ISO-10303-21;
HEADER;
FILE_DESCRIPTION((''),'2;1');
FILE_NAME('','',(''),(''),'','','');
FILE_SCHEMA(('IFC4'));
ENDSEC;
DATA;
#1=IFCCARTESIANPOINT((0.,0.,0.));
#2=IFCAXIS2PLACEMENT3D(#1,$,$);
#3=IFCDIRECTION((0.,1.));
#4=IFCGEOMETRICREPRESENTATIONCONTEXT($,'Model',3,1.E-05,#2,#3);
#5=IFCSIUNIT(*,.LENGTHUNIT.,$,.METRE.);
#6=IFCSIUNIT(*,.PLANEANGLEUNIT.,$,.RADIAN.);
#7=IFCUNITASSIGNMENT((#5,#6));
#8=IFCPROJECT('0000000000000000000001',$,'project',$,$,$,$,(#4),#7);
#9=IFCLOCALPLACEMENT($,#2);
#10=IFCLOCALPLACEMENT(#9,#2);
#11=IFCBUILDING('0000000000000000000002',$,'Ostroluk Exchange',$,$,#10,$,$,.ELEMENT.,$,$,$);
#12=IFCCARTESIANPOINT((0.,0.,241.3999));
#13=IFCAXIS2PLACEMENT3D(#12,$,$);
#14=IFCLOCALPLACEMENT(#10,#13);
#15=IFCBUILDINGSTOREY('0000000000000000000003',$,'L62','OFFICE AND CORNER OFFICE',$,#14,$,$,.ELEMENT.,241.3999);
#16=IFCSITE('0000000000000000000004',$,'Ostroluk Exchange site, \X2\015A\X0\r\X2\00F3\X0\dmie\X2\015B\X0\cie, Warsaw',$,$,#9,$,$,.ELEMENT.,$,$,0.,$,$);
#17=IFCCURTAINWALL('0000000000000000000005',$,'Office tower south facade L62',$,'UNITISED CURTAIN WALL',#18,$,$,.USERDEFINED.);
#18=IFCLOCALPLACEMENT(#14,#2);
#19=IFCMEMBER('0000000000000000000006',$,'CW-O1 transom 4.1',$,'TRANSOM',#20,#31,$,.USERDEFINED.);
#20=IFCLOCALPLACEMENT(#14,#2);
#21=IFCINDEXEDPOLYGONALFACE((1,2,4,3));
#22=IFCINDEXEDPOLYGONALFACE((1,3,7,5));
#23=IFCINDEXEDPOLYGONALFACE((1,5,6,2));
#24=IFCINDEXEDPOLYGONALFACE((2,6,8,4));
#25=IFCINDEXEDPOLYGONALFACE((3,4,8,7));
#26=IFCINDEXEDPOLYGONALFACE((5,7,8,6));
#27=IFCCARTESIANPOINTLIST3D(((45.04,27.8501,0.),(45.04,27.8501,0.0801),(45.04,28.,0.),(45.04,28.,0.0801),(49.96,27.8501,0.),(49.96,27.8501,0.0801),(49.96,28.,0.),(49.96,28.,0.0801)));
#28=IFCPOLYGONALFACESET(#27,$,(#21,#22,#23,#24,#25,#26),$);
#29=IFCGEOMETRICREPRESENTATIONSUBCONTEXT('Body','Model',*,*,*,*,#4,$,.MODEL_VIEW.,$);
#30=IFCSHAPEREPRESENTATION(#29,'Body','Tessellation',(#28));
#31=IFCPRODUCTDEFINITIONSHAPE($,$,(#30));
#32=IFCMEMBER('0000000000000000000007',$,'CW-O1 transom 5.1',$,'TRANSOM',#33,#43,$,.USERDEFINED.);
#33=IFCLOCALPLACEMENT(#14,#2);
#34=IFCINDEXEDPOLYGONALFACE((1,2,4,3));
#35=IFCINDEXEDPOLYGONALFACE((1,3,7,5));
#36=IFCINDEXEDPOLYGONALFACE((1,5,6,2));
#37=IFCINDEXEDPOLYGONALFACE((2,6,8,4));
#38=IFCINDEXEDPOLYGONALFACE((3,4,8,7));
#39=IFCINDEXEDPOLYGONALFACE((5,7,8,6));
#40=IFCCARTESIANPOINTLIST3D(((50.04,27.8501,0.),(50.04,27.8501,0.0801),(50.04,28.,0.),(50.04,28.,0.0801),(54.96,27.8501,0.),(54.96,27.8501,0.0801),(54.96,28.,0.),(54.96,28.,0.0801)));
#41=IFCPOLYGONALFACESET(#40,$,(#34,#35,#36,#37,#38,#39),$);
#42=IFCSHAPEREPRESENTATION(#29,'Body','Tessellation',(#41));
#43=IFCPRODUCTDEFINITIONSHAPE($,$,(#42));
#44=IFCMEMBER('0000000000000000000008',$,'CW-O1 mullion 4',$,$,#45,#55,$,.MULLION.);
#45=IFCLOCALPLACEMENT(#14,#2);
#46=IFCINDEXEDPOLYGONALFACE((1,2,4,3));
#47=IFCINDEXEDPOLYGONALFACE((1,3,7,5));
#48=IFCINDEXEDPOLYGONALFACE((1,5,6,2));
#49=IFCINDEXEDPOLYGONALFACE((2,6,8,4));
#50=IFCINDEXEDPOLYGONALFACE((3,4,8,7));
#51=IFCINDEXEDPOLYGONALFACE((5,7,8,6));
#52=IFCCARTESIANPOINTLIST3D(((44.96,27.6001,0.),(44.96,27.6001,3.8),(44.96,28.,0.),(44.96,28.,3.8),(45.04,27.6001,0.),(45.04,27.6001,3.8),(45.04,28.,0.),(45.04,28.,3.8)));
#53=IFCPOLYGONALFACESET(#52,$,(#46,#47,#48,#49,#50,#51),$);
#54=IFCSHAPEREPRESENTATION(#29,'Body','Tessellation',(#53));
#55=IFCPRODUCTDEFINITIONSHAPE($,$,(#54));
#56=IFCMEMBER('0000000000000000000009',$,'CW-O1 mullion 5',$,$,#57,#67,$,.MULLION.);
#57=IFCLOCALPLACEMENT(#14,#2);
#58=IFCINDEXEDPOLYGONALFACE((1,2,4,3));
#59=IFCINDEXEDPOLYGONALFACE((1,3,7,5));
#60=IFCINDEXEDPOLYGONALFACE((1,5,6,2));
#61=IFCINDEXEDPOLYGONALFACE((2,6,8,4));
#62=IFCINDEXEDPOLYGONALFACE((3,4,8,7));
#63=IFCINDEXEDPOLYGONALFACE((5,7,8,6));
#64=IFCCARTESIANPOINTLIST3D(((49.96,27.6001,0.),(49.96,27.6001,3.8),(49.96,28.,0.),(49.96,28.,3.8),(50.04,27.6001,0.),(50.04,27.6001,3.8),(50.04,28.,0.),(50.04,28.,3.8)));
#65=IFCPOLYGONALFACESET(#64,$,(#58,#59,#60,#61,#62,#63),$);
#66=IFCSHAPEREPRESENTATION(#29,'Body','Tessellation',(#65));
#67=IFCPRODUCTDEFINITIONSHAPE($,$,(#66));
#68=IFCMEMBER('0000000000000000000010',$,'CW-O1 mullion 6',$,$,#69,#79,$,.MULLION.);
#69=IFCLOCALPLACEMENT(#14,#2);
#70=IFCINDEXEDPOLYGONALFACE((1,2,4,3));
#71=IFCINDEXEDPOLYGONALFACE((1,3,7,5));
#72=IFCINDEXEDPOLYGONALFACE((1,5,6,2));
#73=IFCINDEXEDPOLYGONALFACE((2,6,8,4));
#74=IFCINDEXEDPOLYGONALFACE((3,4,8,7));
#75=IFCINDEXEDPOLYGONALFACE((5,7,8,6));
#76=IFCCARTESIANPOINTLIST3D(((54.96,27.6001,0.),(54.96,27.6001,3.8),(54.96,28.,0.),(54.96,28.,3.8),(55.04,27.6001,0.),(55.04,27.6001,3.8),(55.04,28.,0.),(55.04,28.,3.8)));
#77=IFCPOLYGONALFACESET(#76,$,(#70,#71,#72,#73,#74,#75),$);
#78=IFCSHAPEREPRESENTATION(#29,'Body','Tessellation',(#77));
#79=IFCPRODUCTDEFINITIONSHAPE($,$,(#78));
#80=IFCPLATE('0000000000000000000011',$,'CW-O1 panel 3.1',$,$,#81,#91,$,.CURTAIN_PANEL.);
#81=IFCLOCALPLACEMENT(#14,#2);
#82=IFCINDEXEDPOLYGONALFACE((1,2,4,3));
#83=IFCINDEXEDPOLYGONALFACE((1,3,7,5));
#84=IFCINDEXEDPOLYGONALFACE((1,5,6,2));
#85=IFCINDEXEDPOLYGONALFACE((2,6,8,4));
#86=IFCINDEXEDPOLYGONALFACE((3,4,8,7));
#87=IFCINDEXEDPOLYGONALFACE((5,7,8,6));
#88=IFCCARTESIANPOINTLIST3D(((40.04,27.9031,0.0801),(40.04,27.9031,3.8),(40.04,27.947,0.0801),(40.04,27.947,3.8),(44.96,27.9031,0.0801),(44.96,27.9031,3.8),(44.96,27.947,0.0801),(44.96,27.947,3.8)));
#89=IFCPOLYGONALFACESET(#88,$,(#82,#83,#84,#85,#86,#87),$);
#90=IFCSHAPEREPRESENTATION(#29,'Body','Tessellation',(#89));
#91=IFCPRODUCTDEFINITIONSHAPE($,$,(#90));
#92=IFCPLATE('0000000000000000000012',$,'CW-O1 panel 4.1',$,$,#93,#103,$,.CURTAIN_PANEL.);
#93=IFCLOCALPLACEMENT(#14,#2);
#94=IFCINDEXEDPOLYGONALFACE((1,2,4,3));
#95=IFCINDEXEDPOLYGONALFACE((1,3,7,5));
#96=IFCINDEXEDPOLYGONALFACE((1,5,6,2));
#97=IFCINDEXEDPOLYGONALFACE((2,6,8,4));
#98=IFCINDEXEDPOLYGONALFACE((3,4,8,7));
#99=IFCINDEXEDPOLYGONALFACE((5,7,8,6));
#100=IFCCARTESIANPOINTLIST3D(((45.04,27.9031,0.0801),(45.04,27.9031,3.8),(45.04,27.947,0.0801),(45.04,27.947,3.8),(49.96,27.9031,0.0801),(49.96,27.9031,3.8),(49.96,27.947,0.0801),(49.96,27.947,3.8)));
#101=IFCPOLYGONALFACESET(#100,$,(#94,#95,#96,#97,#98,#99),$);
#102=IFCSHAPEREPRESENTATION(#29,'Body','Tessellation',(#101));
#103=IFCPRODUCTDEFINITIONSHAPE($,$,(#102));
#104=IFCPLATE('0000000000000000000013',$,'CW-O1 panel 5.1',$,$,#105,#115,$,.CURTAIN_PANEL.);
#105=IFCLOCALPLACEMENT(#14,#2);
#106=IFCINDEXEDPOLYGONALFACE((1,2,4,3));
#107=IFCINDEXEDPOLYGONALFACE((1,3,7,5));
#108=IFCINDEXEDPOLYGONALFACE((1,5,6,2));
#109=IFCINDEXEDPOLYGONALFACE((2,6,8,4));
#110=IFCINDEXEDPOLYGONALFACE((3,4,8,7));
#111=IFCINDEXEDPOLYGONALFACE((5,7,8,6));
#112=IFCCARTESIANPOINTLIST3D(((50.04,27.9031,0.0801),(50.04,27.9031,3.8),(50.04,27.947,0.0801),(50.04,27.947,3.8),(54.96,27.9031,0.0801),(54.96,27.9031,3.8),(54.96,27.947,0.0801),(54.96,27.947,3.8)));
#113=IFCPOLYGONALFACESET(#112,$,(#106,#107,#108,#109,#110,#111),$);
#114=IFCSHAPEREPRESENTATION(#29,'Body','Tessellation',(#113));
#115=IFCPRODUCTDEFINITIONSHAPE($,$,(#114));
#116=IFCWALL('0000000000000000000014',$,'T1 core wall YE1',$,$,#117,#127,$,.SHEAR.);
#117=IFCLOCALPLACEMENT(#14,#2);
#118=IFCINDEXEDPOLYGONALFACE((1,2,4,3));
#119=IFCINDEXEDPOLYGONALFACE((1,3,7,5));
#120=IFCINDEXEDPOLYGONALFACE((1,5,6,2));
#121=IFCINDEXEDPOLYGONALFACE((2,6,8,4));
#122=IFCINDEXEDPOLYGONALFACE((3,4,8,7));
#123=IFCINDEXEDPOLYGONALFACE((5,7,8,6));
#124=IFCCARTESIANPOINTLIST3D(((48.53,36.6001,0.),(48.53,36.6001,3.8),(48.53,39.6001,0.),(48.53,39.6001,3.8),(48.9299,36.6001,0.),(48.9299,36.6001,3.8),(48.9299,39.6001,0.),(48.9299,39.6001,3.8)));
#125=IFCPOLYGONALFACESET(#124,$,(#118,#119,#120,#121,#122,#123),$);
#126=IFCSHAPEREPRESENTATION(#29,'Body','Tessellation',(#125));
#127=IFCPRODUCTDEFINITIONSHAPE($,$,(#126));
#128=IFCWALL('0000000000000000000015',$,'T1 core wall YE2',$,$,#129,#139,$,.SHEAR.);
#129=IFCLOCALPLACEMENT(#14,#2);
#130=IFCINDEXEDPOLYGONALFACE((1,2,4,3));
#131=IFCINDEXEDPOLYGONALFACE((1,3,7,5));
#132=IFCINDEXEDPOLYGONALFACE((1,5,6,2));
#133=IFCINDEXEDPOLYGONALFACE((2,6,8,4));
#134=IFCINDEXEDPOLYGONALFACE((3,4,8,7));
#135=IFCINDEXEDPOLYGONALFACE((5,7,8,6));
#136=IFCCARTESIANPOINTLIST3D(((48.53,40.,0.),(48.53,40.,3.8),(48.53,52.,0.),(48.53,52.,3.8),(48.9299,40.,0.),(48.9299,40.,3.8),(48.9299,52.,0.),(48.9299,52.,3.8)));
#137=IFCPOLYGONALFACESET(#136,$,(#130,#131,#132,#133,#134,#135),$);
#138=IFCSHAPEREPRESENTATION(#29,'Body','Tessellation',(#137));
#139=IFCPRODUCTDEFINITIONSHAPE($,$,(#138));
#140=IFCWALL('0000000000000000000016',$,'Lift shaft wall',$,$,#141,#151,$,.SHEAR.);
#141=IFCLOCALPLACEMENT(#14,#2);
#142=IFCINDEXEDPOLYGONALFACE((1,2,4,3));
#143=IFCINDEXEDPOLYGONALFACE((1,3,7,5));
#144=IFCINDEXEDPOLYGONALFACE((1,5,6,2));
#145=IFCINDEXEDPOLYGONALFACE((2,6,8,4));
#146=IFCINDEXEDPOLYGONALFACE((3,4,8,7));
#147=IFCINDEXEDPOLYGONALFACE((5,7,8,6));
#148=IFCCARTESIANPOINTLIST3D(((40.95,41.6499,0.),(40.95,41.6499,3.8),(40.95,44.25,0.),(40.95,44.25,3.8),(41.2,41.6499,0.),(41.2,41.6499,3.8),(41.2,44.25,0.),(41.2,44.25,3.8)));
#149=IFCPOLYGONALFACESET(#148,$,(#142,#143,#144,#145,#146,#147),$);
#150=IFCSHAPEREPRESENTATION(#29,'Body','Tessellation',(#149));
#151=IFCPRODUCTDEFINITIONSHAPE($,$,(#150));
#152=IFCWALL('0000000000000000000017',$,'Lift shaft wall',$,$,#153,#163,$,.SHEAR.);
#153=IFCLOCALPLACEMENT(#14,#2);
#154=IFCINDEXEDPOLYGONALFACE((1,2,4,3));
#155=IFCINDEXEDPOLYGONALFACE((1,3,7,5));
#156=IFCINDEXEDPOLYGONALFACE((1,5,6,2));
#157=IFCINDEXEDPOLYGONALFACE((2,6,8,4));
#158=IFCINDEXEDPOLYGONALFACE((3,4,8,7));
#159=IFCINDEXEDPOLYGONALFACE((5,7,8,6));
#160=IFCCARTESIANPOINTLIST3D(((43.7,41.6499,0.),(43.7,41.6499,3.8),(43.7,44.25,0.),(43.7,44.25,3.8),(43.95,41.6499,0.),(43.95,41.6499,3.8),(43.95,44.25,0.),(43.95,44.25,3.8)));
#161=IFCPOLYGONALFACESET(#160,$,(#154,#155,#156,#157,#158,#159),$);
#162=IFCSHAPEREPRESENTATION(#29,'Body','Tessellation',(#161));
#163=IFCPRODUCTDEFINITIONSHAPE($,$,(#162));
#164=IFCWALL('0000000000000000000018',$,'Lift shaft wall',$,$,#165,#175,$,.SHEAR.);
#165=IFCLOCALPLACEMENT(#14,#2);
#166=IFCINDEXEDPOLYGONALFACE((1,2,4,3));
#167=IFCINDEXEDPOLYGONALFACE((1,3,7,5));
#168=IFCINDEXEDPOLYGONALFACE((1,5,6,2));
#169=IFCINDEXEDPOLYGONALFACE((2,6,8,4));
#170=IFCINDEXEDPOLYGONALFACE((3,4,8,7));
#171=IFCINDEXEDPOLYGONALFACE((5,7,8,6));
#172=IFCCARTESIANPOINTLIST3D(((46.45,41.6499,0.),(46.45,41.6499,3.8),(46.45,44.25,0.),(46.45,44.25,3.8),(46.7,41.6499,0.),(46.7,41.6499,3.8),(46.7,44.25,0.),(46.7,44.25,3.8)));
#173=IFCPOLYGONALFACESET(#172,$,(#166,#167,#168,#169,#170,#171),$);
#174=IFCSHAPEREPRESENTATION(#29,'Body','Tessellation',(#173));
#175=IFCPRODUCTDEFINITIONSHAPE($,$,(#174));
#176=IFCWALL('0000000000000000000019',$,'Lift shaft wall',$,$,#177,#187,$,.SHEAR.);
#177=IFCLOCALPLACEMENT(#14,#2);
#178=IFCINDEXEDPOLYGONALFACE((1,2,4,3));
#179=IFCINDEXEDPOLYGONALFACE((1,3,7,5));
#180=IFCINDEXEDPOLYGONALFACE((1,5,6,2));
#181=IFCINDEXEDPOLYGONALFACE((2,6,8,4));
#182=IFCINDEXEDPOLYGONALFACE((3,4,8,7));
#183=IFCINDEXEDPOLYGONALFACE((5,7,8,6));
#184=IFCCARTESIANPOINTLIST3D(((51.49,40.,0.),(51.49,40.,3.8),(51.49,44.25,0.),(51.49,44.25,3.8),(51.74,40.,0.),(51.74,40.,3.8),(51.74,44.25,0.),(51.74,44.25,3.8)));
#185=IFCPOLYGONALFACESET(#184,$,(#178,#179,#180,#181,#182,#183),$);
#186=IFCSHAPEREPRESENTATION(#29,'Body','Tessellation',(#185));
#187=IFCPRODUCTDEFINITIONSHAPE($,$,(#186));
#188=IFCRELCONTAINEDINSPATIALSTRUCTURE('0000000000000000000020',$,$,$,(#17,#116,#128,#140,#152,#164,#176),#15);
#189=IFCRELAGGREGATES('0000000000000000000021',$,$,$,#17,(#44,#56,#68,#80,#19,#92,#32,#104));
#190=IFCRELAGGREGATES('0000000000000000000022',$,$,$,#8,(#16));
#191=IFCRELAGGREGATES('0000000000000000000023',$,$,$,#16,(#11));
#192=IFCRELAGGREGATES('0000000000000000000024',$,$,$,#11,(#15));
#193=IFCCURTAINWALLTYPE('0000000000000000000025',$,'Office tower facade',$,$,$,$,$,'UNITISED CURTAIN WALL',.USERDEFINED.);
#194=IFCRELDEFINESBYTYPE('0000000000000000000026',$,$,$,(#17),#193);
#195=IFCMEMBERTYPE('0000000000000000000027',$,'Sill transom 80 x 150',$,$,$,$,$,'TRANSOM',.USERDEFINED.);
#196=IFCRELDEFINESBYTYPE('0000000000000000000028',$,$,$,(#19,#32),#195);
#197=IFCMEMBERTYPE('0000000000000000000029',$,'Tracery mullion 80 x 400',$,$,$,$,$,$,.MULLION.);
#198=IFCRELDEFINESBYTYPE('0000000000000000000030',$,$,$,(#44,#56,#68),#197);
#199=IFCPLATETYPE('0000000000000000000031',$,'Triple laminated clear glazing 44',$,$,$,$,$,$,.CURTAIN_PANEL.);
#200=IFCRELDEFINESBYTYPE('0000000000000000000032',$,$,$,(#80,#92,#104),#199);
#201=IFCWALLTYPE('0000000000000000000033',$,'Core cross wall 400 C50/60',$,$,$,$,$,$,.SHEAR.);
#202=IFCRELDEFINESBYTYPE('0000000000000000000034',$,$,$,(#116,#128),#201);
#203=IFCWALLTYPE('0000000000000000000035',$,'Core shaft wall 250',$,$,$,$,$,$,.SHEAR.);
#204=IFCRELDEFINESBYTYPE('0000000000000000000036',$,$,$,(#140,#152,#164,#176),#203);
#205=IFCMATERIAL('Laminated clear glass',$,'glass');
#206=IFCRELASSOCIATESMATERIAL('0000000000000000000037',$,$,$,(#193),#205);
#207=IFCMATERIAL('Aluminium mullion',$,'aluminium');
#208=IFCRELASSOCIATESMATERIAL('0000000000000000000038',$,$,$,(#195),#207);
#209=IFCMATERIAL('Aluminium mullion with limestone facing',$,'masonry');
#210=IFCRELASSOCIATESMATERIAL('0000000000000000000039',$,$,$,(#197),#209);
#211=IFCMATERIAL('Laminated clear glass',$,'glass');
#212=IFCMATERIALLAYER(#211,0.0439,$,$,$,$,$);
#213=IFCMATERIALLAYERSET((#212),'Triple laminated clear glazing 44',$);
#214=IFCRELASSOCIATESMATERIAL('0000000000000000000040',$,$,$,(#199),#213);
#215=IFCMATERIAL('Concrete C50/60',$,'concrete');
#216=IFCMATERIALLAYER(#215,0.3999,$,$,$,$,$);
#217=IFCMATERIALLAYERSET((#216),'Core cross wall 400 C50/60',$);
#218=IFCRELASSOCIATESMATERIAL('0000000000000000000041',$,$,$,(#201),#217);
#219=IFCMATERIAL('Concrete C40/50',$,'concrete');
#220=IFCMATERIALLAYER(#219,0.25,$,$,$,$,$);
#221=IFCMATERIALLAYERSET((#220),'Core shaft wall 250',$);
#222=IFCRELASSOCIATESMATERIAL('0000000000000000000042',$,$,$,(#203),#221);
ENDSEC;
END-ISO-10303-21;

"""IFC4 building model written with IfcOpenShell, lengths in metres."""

from ifc_helpers import new_model, si_unit, direction, frame, frame_2d, origin, origin_2d, place, context, subcontext, project, spatial, rectangle, extrude, material, layer, layer_set, material_profile, profile_set, type_object, element, aggregate, save


model = new_model("IFC4")

# Units and contexts
model_context = context("Model", 3, precision=1e-05, world=origin(), true_north=direction((0.0, 1.0)))
body_context = subcontext(model_context, "Body", "Model", "MODEL_VIEW")
ifc_project = project(units=[si_unit("LENGTHUNIT", "METRE"), si_unit("PLANEANGLEUNIT", "RADIAN")], contexts=[model_context])

# Site, building, storey
site_placement = place(None, origin())
site = spatial("IfcSite", under=ifc_project, at=site_placement, Name="Ostroluk Exchange site, Śródmieście, Warsaw", CompositionType="ELEMENT", RefElevation=0.0)
building_placement = place(site_placement, origin())
building = spatial("IfcBuilding", under=site, at=building_placement, Name="Ostroluk Exchange", CompositionType="ELEMENT")
storey_placement = place(building_placement, frame((0.0, 0.0, 241.3999)))
storey = spatial("IfcBuildingStorey", under=building, at=storey_placement, Name="L62", Description="OFFICE AND CORNER OFFICE", CompositionType="ELEMENT", Elevation=241.3999)

# Curtain wall, members, plates
ifc_material_1 = material(Name="Laminated clear glass", Category="glass")
curtain_wall_type = type_object("IfcCurtainWallType", Name="Office tower facade", ElementType="UNITISED CURTAIN WALL", PredefinedType="USERDEFINED", material=ifc_material_1)
curtain_wall_placement = place(storey_placement, origin())
curtain_wall = element("IfcCurtainWall", 1, at=curtain_wall_placement, inside=storey, type_object=curtain_wall_type, Name="Office tower south facade L62", ObjectType="UNITISED CURTAIN WALL", PredefinedType="USERDEFINED")
ifc_material_2 = material(Name="Aluminium mullion", Category="aluminium")
ifc_material_profile_1 = material_profile(ifc_material_2, rectangle(XDim=0.1499, YDim=0.0801, at=origin_2d()), Name="Sill transom 80 x 150")
ifc_profile_set_1 = profile_set([ifc_material_profile_1], Name="Aluminium mullion")
member_type_1 = type_object("IfcMemberType", Name="Sill transom 80 x 150", ElementType="TRANSOM", PredefinedType="USERDEFINED", material=ifc_profile_set_1)
member_1_placement = place(storey_placement, frame((45.04, 27.925, 0.04), z_axis=(1.0, 0.0, 0.0), x_axis=(0.0, 1.0, 0.0)))
member_1 = element("IfcMember", 2, at=member_1_placement, type_object=member_type_1, Name="CW-O1 transom 4.1", ObjectType="TRANSOM", PredefinedType="USERDEFINED", context=body_context, shape_type="SweptSolid", body=[
    extrude(rectangle(XDim=0.1499, YDim=0.0801, at=origin_2d()), origin(), (0.0, 0.0, 1.0), 4.9199),
])
member_2_placement = place(storey_placement, frame((50.04, 27.925, 0.04), z_axis=(1.0, 0.0, 0.0), x_axis=(0.0, 1.0, 0.0)))
member_2 = element("IfcMember", 3, at=member_2_placement, type_object=member_type_1, Name="CW-O1 transom 5.1", ObjectType="TRANSOM", PredefinedType="USERDEFINED", context=body_context, shape_type="SweptSolid", body=[
    extrude(rectangle(XDim=0.1499, YDim=0.0801, at=origin_2d()), origin(), (0.0, 0.0, 1.0), 4.9199),
])
ifc_material_3 = material(Name="Aluminium mullion with limestone facing", Category="masonry")
ifc_material_profile_2 = material_profile(ifc_material_3, rectangle(XDim=0.3999, YDim=0.0801, at=origin_2d()), Name="Tracery mullion 80 x 400")
ifc_profile_set_2 = profile_set([ifc_material_profile_2], Name="Aluminium mullion with limestone facing")
member_type_2 = type_object("IfcMemberType", Name="Tracery mullion 80 x 400", PredefinedType="MULLION", material=ifc_profile_set_2)
member_3_placement = place(storey_placement, frame((45.0, 27.8, 0.0), z_axis=(0.0, 0.0, 1.0), x_axis=(0.0, 1.0, 0.0)))
member_3 = element("IfcMember", 4, at=member_3_placement, type_object=member_type_2, Name="CW-O1 mullion 4", PredefinedType="MULLION", context=body_context, shape_type="SweptSolid", body=[
    extrude(rectangle(XDim=0.3999, YDim=0.0801, at=origin_2d()), origin(), (0.0, 0.0, 1.0), 3.8),
])
member_4_placement = place(storey_placement, frame((50.0, 27.8, 0.0), z_axis=(0.0, 0.0, 1.0), x_axis=(0.0, 1.0, 0.0)))
member_4 = element("IfcMember", 5, at=member_4_placement, type_object=member_type_2, Name="CW-O1 mullion 5", PredefinedType="MULLION", context=body_context, shape_type="SweptSolid", body=[
    extrude(rectangle(XDim=0.3999, YDim=0.0801, at=origin_2d()), origin(), (0.0, 0.0, 1.0), 3.8),
])
member_5_placement = place(storey_placement, frame((55.0, 27.8, 0.0), z_axis=(0.0, 0.0, 1.0), x_axis=(0.0, 1.0, 0.0)))
member_5 = element("IfcMember", 6, at=member_5_placement, type_object=member_type_2, Name="CW-O1 mullion 6", PredefinedType="MULLION", context=body_context, shape_type="SweptSolid", body=[
    extrude(rectangle(XDim=0.3999, YDim=0.0801, at=origin_2d()), origin(), (0.0, 0.0, 1.0), 3.8),
])
ifc_material_4 = material(Name="Laminated clear glass", Category="glass")
ifc_layer_1 = layer(ifc_material_4, 0.0439)
ifc_layer_set_1 = layer_set([ifc_layer_1], Name="Triple laminated clear glazing 44")
plate_type = type_object("IfcPlateType", Name="Triple laminated clear glazing 44", PredefinedType="CURTAIN_PANEL", material=ifc_layer_set_1)
plate_1_placement = place(storey_placement, frame((42.5, 27.925, 0.0801), z_axis=(0.0, 0.0, 1.0), x_axis=(1.0, 0.0, 0.0)))
plate_1 = element("IfcPlate", 7, at=plate_1_placement, type_object=plate_type, Name="CW-O1 panel 3.1", PredefinedType="CURTAIN_PANEL", context=body_context, shape_type="SweptSolid", body=[
    extrude(rectangle(XDim=4.9199, YDim=0.0439, at=origin_2d()), origin(), (0.0, 0.0, 1.0), 3.72),
])
plate_2_placement = place(storey_placement, frame((47.5, 27.925, 0.0801), z_axis=(0.0, 0.0, 1.0), x_axis=(1.0, 0.0, 0.0)))
plate_2 = element("IfcPlate", 8, at=plate_2_placement, type_object=plate_type, Name="CW-O1 panel 4.1", PredefinedType="CURTAIN_PANEL", context=body_context, shape_type="SweptSolid", body=[
    extrude(rectangle(XDim=4.9199, YDim=0.0439, at=origin_2d()), origin(), (0.0, 0.0, 1.0), 3.72),
])
plate_3_placement = place(storey_placement, frame((52.5, 27.925, 0.0801), z_axis=(0.0, 0.0, 1.0), x_axis=(1.0, 0.0, 0.0)))
plate_3 = element("IfcPlate", 9, at=plate_3_placement, type_object=plate_type, Name="CW-O1 panel 5.1", PredefinedType="CURTAIN_PANEL", context=body_context, shape_type="SweptSolid", body=[
    extrude(rectangle(XDim=4.9199, YDim=0.0439, at=origin_2d()), origin(), (0.0, 0.0, 1.0), 3.72),
])
aggregate(curtain_wall, [member_3, member_4, member_5, plate_1, member_1, plate_2, member_2, plate_3])

# Walls
ifc_material_5 = material(Name="Concrete C50/60", Category="concrete")
ifc_layer_2 = layer(ifc_material_5, 0.3999)
ifc_layer_set_2 = layer_set([ifc_layer_2], Name="Core cross wall 400 C50/60")
wall_type_1 = type_object("IfcWallType", Name="Core cross wall 400 C50/60", PredefinedType="SHEAR", material=ifc_layer_set_2)
wall_1_placement = place(storey_placement, frame((48.73, 36.6001, 0.0), z_axis=(0.0, 0.0, 1.0), x_axis=(0.0, 1.0, 0.0)))
element("IfcWall", 10, at=wall_1_placement, inside=storey, type_object=wall_type_1, Name="T1 core wall YE1", PredefinedType="SHEAR", context=body_context, shape_type="SweptSolid", body=[
    extrude(rectangle(XDim=3.0, YDim=0.3999, at=frame_2d((1.5, 0.0))), origin(), (0.0, 0.0, 1.0), 3.8),
])
wall_2_placement = place(storey_placement, frame((48.73, 40.0, 0.0), z_axis=(0.0, 0.0, 1.0), x_axis=(0.0, 1.0, 0.0)))
element("IfcWall", 11, at=wall_2_placement, inside=storey, type_object=wall_type_1, Name="T1 core wall YE2", PredefinedType="SHEAR", context=body_context, shape_type="SweptSolid", body=[
    extrude(rectangle(XDim=12.0, YDim=0.3999, at=frame_2d((6.0, 0.0))), origin(), (0.0, 0.0, 1.0), 3.8),
])

# Shared definitions
ifc_material_6 = material(Name="Concrete C40/50", Category="concrete")
ifc_layer_3 = layer(ifc_material_6, 0.25)
ifc_layer_set_3 = layer_set([ifc_layer_3], Name="Core shaft wall 250")
wall_type_2 = type_object("IfcWallType", Name="Core shaft wall 250", PredefinedType="SHEAR", material=ifc_layer_set_3)

# Walls
for number, where, z_axis, x_axis, name in (
    (12, (41.075, 44.25, 0.0), (0.0, 0.0, 1.0), (0.0, -1.0, 0.0), "Lift shaft wall"),
    (13, (43.825, 44.25, 0.0), (0.0, 0.0, 1.0), (0.0, -1.0, 0.0), "Lift shaft wall"),
    (14, (46.575, 44.25, 0.0), (0.0, 0.0, 1.0), (0.0, -1.0, 0.0), "Lift shaft wall"),
):
    element("IfcWall", number, at=place(storey_placement, frame(where, z_axis=z_axis, x_axis=x_axis)), inside=storey, type_object=wall_type_2, Name=name, PredefinedType="SHEAR", context=body_context, shape_type="SweptSolid", body=[
        extrude(rectangle(XDim=2.6001, YDim=0.25, at=frame_2d((1.3, 0.0))), origin(), (0.0, 0.0, 1.0), 3.8),
    ])
wall_3_placement = place(storey_placement, frame((51.615, 44.25, 0.0), z_axis=(0.0, 0.0, 1.0), x_axis=(0.0, -1.0, 0.0)))
element("IfcWall", 15, at=wall_3_placement, inside=storey, type_object=wall_type_2, Name="Lift shaft wall", PredefinedType="SHEAR", context=body_context, shape_type="SweptSolid", body=[
    extrude(rectangle(XDim=4.25, YDim=0.25, at=frame_2d((2.125, 0.0))), origin(), (0.0, 0.0, 1.0), 3.8),
])

save(model, "model.ifc")
